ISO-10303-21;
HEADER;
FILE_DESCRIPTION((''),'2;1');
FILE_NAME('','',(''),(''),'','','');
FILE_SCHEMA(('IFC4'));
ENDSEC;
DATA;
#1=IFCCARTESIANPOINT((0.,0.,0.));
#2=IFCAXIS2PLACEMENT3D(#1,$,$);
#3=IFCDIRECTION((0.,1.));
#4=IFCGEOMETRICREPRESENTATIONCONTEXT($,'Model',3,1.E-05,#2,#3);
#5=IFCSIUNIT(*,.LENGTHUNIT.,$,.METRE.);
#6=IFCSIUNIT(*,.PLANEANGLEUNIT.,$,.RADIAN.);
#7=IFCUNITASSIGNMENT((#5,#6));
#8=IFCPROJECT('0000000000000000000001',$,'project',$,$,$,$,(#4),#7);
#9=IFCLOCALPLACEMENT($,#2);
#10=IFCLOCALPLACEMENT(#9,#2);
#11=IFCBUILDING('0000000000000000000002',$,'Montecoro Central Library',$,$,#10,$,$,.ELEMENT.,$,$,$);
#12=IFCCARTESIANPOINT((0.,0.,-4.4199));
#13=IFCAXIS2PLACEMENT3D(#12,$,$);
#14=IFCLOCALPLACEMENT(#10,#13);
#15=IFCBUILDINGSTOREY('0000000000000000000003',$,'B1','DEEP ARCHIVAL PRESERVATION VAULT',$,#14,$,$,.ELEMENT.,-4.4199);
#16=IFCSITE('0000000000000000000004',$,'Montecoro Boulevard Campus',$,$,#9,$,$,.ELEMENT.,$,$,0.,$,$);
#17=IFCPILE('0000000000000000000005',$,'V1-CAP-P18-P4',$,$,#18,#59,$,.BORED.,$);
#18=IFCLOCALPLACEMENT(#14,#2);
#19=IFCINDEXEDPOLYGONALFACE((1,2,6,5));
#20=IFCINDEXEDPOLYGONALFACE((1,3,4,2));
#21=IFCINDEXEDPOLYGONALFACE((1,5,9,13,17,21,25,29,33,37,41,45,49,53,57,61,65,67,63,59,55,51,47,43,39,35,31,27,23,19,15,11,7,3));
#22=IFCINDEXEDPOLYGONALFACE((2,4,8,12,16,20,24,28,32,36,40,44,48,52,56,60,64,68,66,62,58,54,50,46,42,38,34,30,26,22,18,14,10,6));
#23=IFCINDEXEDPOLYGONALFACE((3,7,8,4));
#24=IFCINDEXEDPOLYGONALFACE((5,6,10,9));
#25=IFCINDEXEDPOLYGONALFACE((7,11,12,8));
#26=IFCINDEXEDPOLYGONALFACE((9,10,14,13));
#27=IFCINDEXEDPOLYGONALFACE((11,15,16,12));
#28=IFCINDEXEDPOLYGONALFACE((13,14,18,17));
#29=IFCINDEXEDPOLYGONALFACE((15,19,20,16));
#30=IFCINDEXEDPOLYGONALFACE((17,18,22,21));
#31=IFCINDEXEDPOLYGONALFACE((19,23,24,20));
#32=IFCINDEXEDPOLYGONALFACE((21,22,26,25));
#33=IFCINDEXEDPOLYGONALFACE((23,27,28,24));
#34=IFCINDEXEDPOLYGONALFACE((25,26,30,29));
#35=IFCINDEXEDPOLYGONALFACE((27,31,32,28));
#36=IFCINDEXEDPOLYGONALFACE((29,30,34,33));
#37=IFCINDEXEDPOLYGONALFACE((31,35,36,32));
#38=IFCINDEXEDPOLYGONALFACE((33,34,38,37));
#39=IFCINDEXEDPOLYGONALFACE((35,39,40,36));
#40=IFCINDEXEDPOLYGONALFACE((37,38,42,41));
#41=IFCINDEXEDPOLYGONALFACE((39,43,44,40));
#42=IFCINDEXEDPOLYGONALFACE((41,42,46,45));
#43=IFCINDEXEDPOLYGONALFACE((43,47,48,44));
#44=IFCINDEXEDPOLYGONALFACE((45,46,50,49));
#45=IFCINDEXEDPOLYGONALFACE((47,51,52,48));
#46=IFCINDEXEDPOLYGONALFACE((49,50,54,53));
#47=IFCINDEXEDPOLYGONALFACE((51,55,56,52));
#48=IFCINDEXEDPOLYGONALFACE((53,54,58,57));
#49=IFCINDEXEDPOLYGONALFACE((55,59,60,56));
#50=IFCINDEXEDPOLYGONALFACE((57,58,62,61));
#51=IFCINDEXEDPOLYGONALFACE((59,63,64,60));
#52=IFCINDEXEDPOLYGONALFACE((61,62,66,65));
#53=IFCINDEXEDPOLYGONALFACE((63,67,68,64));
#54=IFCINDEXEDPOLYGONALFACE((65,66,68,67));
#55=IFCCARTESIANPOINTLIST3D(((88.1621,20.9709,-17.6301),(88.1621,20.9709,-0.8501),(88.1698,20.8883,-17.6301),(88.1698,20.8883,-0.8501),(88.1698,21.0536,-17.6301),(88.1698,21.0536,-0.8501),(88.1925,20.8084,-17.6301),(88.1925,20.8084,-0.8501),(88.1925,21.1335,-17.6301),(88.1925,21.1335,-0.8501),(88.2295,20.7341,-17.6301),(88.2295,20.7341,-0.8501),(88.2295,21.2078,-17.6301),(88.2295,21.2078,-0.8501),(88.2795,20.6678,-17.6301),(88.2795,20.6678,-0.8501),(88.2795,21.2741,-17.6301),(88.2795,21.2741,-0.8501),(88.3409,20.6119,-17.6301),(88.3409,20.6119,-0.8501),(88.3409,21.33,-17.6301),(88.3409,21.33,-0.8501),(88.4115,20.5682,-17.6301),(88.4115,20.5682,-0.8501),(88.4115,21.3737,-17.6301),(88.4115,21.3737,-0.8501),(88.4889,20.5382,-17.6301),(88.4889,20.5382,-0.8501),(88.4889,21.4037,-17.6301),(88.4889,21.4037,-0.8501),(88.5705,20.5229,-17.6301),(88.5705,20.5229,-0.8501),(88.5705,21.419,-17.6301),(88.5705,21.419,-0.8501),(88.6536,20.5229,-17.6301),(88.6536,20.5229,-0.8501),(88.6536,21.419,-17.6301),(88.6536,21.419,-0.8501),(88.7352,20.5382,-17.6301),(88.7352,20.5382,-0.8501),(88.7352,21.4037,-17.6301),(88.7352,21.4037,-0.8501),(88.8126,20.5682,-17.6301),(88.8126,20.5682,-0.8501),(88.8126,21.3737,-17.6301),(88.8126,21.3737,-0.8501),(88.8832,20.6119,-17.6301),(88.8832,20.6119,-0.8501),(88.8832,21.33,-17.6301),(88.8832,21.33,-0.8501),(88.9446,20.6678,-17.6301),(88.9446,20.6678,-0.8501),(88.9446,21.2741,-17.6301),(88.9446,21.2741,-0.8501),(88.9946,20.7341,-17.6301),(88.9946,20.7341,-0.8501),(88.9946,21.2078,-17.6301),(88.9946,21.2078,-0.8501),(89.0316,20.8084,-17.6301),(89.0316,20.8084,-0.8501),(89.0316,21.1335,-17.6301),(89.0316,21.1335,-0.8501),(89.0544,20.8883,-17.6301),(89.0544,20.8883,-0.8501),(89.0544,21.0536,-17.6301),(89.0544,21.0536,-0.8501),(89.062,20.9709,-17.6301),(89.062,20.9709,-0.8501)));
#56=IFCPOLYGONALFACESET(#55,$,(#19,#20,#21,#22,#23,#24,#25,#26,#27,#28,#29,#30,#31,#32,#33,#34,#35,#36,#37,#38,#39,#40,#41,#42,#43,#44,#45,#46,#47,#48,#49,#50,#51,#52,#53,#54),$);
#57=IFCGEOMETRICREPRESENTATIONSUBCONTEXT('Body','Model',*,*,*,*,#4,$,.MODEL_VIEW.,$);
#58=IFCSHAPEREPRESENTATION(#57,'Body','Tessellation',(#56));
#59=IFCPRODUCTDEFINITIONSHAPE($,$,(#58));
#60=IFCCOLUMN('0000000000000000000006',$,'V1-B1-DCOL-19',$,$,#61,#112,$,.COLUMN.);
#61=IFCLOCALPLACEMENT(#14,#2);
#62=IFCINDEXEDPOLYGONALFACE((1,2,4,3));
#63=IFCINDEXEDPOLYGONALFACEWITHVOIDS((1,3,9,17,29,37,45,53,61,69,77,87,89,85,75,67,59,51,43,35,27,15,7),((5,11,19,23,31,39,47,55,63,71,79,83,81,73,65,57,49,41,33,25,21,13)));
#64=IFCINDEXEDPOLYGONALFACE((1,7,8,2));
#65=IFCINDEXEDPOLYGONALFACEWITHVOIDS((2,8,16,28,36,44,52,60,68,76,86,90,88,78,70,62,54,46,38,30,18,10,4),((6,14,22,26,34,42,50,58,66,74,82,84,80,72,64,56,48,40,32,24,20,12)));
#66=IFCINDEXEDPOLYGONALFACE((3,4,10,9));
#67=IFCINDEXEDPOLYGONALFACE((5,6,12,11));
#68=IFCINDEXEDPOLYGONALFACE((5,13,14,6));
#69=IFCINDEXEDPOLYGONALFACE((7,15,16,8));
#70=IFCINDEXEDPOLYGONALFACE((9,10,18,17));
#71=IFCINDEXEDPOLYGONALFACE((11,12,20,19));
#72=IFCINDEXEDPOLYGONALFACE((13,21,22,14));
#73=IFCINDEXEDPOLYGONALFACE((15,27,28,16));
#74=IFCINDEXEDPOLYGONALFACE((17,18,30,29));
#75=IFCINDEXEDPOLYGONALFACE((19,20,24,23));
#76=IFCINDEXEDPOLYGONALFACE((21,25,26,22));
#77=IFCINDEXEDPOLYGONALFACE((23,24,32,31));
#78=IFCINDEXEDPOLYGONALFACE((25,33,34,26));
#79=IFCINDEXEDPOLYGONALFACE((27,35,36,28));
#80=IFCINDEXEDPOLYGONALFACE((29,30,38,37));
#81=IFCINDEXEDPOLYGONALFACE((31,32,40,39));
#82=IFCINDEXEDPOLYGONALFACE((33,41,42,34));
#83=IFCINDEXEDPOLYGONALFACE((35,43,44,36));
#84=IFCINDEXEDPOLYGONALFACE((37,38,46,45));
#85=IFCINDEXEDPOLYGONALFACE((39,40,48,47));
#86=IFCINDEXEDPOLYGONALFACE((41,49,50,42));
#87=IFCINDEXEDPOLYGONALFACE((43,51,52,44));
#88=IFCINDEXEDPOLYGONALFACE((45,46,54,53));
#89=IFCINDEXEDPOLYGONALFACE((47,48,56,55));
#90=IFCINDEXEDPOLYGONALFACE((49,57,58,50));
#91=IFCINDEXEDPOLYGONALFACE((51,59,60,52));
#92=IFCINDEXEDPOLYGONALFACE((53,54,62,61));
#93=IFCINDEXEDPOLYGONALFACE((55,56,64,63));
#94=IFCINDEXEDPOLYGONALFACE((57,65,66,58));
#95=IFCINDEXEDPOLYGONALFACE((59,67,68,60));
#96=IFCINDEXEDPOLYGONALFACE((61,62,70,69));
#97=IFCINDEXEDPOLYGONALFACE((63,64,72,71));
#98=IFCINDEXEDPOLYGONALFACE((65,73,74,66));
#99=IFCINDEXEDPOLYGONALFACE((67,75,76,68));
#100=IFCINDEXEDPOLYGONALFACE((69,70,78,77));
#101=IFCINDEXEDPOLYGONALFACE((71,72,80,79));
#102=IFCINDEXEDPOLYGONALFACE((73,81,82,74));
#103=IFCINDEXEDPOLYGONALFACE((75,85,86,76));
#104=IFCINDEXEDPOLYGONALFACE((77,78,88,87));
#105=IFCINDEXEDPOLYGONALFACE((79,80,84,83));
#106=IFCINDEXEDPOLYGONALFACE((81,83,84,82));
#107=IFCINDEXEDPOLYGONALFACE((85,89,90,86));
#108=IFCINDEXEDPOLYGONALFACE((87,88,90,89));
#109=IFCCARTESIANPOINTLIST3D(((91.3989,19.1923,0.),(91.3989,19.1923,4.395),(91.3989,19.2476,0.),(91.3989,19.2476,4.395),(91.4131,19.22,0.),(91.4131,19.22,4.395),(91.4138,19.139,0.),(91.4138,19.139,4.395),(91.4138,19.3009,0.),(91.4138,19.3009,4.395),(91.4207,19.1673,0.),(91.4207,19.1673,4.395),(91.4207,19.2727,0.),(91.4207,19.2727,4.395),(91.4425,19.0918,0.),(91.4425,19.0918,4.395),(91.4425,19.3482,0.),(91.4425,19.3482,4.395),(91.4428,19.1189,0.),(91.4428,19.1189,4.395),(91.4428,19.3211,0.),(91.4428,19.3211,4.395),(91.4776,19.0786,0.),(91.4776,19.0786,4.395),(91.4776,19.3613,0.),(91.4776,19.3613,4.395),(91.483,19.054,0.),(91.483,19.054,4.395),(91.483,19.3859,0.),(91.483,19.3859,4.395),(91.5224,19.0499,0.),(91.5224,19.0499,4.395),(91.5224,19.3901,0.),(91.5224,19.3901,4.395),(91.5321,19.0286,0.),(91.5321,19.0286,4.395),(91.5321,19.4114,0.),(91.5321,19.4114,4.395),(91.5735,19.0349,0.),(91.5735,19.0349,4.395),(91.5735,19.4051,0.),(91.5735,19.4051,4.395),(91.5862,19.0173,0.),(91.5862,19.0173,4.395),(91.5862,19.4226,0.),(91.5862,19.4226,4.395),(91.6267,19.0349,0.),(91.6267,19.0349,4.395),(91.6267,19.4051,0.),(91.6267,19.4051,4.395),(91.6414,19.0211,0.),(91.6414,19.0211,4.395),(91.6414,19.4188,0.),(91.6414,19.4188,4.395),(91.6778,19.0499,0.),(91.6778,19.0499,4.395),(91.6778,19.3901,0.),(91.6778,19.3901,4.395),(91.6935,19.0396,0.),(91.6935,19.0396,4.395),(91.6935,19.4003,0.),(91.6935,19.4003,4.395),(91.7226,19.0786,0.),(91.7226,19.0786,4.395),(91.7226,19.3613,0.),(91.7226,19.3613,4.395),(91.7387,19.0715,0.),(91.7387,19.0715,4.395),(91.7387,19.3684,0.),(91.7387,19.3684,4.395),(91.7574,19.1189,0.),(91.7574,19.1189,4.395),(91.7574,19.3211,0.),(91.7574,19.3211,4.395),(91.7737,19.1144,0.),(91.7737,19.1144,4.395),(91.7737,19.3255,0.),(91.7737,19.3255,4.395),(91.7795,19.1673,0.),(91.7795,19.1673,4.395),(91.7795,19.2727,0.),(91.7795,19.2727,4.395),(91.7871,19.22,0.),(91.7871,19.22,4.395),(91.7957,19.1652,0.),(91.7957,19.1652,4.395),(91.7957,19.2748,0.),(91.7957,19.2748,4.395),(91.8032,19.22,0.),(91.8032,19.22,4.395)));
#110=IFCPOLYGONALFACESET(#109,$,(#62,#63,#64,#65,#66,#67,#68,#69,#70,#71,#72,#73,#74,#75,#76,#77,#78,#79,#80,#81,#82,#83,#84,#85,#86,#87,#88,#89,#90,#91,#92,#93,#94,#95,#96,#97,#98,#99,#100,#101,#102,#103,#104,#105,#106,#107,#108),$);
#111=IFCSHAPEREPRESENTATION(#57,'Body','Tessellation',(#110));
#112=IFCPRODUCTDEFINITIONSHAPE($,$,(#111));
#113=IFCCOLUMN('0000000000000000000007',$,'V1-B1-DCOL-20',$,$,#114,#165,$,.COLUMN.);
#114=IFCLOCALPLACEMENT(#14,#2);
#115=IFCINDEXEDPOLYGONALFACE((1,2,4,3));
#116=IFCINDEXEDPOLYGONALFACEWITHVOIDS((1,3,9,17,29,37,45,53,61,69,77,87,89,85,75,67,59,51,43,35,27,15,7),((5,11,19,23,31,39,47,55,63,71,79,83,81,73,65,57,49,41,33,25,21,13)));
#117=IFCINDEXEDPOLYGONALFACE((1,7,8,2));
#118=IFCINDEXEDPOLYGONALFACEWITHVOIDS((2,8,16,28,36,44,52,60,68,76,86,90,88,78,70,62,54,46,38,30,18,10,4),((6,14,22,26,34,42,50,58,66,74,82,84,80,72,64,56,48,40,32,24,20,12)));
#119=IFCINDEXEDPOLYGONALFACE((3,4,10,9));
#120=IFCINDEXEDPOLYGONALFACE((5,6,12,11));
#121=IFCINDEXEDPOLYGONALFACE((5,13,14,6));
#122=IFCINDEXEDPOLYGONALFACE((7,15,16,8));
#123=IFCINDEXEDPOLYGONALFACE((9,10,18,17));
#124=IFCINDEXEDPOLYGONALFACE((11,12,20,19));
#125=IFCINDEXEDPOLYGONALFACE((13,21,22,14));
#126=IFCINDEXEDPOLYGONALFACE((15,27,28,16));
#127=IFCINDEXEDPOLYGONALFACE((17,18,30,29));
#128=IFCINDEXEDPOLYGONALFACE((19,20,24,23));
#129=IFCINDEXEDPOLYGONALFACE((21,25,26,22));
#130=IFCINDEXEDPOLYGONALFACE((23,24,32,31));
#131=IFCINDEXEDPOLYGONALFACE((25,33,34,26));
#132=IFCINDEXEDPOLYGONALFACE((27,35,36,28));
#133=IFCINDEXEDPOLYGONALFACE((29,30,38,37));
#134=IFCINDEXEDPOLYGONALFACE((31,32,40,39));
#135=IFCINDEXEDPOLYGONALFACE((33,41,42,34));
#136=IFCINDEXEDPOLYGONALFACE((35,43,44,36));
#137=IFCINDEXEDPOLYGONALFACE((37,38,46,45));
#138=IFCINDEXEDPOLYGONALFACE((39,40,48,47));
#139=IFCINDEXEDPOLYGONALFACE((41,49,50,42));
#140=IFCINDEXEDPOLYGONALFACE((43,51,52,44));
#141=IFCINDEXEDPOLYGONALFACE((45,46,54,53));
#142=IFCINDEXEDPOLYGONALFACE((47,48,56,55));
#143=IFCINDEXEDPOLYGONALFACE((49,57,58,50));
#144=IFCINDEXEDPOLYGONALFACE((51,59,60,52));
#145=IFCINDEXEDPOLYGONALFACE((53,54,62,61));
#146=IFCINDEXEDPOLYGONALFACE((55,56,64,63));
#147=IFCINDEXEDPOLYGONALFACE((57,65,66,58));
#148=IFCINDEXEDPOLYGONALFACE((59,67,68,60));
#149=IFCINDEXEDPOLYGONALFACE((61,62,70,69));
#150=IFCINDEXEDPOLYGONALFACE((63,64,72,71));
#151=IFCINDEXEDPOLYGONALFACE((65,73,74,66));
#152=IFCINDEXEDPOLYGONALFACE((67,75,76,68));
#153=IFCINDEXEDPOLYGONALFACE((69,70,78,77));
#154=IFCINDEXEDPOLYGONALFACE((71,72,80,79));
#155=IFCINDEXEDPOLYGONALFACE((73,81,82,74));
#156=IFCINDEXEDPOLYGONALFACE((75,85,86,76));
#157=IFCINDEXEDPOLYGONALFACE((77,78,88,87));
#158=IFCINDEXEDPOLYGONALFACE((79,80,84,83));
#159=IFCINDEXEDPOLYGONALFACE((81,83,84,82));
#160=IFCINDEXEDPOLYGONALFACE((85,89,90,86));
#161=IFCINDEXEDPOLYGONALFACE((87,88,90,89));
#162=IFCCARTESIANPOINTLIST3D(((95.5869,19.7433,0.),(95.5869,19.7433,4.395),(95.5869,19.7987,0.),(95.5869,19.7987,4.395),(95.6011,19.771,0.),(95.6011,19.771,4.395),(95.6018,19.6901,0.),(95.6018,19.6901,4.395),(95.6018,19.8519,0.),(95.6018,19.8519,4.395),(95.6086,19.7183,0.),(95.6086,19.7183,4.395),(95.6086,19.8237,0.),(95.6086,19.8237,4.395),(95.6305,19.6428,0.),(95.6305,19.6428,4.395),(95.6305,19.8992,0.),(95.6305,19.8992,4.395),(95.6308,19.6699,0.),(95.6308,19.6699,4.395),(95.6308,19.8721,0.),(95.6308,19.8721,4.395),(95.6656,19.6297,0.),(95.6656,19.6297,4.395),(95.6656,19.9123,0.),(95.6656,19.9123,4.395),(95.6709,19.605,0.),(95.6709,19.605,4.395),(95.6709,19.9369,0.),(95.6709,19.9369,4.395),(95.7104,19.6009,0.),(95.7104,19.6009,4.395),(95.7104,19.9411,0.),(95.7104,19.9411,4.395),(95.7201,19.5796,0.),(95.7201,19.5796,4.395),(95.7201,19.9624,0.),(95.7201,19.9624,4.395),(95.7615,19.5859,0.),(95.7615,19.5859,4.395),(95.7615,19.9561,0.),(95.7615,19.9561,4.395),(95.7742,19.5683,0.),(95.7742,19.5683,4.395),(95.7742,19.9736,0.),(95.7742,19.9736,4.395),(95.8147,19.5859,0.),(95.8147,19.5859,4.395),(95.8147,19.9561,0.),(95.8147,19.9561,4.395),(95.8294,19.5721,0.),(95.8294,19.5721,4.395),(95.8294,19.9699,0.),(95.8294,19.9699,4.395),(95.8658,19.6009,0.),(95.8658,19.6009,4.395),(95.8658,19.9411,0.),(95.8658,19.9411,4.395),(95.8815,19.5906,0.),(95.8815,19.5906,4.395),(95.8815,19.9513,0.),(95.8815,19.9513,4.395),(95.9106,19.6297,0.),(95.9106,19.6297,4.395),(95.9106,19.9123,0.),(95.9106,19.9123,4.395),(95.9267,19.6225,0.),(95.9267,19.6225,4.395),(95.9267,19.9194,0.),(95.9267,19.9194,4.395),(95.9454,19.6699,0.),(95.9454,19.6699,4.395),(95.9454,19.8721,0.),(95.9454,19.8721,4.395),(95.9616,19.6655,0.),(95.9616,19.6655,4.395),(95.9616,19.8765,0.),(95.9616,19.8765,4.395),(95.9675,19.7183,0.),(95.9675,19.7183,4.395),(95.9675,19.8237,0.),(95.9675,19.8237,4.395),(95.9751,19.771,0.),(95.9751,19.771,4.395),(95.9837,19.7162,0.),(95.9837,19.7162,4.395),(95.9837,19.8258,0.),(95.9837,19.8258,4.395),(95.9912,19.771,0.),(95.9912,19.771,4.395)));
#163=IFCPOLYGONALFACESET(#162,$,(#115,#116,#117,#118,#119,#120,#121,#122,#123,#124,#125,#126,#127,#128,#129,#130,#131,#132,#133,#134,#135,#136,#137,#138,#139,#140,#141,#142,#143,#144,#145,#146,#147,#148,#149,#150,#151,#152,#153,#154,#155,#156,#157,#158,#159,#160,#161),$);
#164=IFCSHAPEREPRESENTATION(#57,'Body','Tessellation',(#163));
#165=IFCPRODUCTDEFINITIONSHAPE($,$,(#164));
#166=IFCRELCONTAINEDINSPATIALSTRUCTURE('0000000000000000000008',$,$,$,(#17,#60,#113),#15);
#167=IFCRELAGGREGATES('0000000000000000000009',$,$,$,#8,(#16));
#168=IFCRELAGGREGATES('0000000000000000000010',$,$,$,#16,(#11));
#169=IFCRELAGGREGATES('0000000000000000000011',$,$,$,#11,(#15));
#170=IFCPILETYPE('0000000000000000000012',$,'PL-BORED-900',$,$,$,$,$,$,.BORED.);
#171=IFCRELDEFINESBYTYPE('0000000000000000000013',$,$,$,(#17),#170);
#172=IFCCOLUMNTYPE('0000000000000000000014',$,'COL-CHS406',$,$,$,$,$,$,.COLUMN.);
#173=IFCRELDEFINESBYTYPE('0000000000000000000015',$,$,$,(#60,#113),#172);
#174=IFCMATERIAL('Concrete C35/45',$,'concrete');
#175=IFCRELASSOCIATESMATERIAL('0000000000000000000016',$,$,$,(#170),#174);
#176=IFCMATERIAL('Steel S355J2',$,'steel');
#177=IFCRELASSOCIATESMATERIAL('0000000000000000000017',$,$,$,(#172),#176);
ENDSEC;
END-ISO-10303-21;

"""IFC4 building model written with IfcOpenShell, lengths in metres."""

from ifc_helpers import new_model, si_unit, direction, frame, origin, origin_2d, place, context, subcontext, project, spatial, circle, hollow_circle, extrude, material, material_profile, profile_set, type_object, element, save


model = new_model("IFC4")

# Units and contexts
model_context = context("Model", 3, precision=1e-05, world=origin(), true_north=direction((0.0, 1.0)))
body_context = subcontext(model_context, "Body", "Model", "MODEL_VIEW")
ifc_project = project(units=[si_unit("LENGTHUNIT", "METRE"), si_unit("PLANEANGLEUNIT", "RADIAN")], contexts=[model_context])

# Site, building, storey
site_placement = place(None, origin())
site = spatial("IfcSite", under=ifc_project, at=site_placement, Name="Montecoro Boulevard Campus", CompositionType="ELEMENT", RefElevation=0.0)
building_placement = place(site_placement, origin())
building = spatial("IfcBuilding", under=site, at=building_placement, Name="Montecoro Central Library", CompositionType="ELEMENT")
storey_placement = place(building_placement, frame((0.0, 0.0, -4.4199)))
storey = spatial("IfcBuildingStorey", under=building, at=storey_placement, Name="B1", Description="DEEP ARCHIVAL PRESERVATION VAULT", CompositionType="ELEMENT", Elevation=-4.4199)

# Shared definitions
ifc_material_1 = material(Name="Concrete C35/45", Category="concrete")

# Pile
ifc_material_profile_1 = material_profile(ifc_material_1, circle(Radius=0.45, at=origin_2d()), Name="PILE D900")
ifc_profile_set_1 = profile_set([ifc_material_profile_1], Name="Concrete C35/45")
pile_type_1 = type_object("IfcPileType", Name="PL-BORED-900", PredefinedType="BORED", material=ifc_profile_set_1)
for number, where, z_axis, x_axis, name in (
    (1, (88.6121, 20.9709, -0.8501), (0.0, 0.0, -1.0), (1.0, 0.0, 0.0), "V1-CAP-P18-P4"),
):
    element("IfcPile", number, at=place(storey_placement, frame(where, z_axis=z_axis, x_axis=x_axis)), inside=storey, type_object=pile_type_1, Name=name, PredefinedType="BORED", context=body_context, shape_type="SweptSolid", body=[
        extrude(circle(Radius=0.45, at=origin_2d()), origin(), (0.0, 0.0, 1.0), 16.78),
    ])

# Columns
ifc_material_2 = material(Name="Steel S355J2", Category="steel")
ifc_material_profile_2 = material_profile(ifc_material_2, hollow_circle(Radius=0.2031, WallThickness=0.0161, at=origin_2d()), Name="CHS 406.4x16.0")
ifc_profile_set_2 = profile_set([ifc_material_profile_2], Name="Steel S355J2")
column_type = type_object("IfcColumnType", Name="COL-CHS406", PredefinedType="COLUMN", material=ifc_profile_set_2)
for number, where, z_axis, x_axis, name in (
    (2, (91.6001, 19.22, 0.0), (0.0, 0.0, 1.0), (1.0, 0.0, 0.0), "V1-B1-DCOL-19"),
    (3, (95.7881, 19.771, 0.0), (0.0, 0.0, 1.0), (1.0, 0.0, 0.0), "V1-B1-DCOL-20"),
):
    element("IfcColumn", number, at=place(storey_placement, frame(where, z_axis=z_axis, x_axis=x_axis)), inside=storey, type_object=column_type, Name=name, PredefinedType="COLUMN", context=body_context, shape_type="SweptSolid", body=[
        extrude(hollow_circle(Radius=0.2031, WallThickness=0.0161, at=origin_2d()), origin(), (0.0, 0.0, 1.0), 4.395),
    ])

save(model, "model.ifc")
